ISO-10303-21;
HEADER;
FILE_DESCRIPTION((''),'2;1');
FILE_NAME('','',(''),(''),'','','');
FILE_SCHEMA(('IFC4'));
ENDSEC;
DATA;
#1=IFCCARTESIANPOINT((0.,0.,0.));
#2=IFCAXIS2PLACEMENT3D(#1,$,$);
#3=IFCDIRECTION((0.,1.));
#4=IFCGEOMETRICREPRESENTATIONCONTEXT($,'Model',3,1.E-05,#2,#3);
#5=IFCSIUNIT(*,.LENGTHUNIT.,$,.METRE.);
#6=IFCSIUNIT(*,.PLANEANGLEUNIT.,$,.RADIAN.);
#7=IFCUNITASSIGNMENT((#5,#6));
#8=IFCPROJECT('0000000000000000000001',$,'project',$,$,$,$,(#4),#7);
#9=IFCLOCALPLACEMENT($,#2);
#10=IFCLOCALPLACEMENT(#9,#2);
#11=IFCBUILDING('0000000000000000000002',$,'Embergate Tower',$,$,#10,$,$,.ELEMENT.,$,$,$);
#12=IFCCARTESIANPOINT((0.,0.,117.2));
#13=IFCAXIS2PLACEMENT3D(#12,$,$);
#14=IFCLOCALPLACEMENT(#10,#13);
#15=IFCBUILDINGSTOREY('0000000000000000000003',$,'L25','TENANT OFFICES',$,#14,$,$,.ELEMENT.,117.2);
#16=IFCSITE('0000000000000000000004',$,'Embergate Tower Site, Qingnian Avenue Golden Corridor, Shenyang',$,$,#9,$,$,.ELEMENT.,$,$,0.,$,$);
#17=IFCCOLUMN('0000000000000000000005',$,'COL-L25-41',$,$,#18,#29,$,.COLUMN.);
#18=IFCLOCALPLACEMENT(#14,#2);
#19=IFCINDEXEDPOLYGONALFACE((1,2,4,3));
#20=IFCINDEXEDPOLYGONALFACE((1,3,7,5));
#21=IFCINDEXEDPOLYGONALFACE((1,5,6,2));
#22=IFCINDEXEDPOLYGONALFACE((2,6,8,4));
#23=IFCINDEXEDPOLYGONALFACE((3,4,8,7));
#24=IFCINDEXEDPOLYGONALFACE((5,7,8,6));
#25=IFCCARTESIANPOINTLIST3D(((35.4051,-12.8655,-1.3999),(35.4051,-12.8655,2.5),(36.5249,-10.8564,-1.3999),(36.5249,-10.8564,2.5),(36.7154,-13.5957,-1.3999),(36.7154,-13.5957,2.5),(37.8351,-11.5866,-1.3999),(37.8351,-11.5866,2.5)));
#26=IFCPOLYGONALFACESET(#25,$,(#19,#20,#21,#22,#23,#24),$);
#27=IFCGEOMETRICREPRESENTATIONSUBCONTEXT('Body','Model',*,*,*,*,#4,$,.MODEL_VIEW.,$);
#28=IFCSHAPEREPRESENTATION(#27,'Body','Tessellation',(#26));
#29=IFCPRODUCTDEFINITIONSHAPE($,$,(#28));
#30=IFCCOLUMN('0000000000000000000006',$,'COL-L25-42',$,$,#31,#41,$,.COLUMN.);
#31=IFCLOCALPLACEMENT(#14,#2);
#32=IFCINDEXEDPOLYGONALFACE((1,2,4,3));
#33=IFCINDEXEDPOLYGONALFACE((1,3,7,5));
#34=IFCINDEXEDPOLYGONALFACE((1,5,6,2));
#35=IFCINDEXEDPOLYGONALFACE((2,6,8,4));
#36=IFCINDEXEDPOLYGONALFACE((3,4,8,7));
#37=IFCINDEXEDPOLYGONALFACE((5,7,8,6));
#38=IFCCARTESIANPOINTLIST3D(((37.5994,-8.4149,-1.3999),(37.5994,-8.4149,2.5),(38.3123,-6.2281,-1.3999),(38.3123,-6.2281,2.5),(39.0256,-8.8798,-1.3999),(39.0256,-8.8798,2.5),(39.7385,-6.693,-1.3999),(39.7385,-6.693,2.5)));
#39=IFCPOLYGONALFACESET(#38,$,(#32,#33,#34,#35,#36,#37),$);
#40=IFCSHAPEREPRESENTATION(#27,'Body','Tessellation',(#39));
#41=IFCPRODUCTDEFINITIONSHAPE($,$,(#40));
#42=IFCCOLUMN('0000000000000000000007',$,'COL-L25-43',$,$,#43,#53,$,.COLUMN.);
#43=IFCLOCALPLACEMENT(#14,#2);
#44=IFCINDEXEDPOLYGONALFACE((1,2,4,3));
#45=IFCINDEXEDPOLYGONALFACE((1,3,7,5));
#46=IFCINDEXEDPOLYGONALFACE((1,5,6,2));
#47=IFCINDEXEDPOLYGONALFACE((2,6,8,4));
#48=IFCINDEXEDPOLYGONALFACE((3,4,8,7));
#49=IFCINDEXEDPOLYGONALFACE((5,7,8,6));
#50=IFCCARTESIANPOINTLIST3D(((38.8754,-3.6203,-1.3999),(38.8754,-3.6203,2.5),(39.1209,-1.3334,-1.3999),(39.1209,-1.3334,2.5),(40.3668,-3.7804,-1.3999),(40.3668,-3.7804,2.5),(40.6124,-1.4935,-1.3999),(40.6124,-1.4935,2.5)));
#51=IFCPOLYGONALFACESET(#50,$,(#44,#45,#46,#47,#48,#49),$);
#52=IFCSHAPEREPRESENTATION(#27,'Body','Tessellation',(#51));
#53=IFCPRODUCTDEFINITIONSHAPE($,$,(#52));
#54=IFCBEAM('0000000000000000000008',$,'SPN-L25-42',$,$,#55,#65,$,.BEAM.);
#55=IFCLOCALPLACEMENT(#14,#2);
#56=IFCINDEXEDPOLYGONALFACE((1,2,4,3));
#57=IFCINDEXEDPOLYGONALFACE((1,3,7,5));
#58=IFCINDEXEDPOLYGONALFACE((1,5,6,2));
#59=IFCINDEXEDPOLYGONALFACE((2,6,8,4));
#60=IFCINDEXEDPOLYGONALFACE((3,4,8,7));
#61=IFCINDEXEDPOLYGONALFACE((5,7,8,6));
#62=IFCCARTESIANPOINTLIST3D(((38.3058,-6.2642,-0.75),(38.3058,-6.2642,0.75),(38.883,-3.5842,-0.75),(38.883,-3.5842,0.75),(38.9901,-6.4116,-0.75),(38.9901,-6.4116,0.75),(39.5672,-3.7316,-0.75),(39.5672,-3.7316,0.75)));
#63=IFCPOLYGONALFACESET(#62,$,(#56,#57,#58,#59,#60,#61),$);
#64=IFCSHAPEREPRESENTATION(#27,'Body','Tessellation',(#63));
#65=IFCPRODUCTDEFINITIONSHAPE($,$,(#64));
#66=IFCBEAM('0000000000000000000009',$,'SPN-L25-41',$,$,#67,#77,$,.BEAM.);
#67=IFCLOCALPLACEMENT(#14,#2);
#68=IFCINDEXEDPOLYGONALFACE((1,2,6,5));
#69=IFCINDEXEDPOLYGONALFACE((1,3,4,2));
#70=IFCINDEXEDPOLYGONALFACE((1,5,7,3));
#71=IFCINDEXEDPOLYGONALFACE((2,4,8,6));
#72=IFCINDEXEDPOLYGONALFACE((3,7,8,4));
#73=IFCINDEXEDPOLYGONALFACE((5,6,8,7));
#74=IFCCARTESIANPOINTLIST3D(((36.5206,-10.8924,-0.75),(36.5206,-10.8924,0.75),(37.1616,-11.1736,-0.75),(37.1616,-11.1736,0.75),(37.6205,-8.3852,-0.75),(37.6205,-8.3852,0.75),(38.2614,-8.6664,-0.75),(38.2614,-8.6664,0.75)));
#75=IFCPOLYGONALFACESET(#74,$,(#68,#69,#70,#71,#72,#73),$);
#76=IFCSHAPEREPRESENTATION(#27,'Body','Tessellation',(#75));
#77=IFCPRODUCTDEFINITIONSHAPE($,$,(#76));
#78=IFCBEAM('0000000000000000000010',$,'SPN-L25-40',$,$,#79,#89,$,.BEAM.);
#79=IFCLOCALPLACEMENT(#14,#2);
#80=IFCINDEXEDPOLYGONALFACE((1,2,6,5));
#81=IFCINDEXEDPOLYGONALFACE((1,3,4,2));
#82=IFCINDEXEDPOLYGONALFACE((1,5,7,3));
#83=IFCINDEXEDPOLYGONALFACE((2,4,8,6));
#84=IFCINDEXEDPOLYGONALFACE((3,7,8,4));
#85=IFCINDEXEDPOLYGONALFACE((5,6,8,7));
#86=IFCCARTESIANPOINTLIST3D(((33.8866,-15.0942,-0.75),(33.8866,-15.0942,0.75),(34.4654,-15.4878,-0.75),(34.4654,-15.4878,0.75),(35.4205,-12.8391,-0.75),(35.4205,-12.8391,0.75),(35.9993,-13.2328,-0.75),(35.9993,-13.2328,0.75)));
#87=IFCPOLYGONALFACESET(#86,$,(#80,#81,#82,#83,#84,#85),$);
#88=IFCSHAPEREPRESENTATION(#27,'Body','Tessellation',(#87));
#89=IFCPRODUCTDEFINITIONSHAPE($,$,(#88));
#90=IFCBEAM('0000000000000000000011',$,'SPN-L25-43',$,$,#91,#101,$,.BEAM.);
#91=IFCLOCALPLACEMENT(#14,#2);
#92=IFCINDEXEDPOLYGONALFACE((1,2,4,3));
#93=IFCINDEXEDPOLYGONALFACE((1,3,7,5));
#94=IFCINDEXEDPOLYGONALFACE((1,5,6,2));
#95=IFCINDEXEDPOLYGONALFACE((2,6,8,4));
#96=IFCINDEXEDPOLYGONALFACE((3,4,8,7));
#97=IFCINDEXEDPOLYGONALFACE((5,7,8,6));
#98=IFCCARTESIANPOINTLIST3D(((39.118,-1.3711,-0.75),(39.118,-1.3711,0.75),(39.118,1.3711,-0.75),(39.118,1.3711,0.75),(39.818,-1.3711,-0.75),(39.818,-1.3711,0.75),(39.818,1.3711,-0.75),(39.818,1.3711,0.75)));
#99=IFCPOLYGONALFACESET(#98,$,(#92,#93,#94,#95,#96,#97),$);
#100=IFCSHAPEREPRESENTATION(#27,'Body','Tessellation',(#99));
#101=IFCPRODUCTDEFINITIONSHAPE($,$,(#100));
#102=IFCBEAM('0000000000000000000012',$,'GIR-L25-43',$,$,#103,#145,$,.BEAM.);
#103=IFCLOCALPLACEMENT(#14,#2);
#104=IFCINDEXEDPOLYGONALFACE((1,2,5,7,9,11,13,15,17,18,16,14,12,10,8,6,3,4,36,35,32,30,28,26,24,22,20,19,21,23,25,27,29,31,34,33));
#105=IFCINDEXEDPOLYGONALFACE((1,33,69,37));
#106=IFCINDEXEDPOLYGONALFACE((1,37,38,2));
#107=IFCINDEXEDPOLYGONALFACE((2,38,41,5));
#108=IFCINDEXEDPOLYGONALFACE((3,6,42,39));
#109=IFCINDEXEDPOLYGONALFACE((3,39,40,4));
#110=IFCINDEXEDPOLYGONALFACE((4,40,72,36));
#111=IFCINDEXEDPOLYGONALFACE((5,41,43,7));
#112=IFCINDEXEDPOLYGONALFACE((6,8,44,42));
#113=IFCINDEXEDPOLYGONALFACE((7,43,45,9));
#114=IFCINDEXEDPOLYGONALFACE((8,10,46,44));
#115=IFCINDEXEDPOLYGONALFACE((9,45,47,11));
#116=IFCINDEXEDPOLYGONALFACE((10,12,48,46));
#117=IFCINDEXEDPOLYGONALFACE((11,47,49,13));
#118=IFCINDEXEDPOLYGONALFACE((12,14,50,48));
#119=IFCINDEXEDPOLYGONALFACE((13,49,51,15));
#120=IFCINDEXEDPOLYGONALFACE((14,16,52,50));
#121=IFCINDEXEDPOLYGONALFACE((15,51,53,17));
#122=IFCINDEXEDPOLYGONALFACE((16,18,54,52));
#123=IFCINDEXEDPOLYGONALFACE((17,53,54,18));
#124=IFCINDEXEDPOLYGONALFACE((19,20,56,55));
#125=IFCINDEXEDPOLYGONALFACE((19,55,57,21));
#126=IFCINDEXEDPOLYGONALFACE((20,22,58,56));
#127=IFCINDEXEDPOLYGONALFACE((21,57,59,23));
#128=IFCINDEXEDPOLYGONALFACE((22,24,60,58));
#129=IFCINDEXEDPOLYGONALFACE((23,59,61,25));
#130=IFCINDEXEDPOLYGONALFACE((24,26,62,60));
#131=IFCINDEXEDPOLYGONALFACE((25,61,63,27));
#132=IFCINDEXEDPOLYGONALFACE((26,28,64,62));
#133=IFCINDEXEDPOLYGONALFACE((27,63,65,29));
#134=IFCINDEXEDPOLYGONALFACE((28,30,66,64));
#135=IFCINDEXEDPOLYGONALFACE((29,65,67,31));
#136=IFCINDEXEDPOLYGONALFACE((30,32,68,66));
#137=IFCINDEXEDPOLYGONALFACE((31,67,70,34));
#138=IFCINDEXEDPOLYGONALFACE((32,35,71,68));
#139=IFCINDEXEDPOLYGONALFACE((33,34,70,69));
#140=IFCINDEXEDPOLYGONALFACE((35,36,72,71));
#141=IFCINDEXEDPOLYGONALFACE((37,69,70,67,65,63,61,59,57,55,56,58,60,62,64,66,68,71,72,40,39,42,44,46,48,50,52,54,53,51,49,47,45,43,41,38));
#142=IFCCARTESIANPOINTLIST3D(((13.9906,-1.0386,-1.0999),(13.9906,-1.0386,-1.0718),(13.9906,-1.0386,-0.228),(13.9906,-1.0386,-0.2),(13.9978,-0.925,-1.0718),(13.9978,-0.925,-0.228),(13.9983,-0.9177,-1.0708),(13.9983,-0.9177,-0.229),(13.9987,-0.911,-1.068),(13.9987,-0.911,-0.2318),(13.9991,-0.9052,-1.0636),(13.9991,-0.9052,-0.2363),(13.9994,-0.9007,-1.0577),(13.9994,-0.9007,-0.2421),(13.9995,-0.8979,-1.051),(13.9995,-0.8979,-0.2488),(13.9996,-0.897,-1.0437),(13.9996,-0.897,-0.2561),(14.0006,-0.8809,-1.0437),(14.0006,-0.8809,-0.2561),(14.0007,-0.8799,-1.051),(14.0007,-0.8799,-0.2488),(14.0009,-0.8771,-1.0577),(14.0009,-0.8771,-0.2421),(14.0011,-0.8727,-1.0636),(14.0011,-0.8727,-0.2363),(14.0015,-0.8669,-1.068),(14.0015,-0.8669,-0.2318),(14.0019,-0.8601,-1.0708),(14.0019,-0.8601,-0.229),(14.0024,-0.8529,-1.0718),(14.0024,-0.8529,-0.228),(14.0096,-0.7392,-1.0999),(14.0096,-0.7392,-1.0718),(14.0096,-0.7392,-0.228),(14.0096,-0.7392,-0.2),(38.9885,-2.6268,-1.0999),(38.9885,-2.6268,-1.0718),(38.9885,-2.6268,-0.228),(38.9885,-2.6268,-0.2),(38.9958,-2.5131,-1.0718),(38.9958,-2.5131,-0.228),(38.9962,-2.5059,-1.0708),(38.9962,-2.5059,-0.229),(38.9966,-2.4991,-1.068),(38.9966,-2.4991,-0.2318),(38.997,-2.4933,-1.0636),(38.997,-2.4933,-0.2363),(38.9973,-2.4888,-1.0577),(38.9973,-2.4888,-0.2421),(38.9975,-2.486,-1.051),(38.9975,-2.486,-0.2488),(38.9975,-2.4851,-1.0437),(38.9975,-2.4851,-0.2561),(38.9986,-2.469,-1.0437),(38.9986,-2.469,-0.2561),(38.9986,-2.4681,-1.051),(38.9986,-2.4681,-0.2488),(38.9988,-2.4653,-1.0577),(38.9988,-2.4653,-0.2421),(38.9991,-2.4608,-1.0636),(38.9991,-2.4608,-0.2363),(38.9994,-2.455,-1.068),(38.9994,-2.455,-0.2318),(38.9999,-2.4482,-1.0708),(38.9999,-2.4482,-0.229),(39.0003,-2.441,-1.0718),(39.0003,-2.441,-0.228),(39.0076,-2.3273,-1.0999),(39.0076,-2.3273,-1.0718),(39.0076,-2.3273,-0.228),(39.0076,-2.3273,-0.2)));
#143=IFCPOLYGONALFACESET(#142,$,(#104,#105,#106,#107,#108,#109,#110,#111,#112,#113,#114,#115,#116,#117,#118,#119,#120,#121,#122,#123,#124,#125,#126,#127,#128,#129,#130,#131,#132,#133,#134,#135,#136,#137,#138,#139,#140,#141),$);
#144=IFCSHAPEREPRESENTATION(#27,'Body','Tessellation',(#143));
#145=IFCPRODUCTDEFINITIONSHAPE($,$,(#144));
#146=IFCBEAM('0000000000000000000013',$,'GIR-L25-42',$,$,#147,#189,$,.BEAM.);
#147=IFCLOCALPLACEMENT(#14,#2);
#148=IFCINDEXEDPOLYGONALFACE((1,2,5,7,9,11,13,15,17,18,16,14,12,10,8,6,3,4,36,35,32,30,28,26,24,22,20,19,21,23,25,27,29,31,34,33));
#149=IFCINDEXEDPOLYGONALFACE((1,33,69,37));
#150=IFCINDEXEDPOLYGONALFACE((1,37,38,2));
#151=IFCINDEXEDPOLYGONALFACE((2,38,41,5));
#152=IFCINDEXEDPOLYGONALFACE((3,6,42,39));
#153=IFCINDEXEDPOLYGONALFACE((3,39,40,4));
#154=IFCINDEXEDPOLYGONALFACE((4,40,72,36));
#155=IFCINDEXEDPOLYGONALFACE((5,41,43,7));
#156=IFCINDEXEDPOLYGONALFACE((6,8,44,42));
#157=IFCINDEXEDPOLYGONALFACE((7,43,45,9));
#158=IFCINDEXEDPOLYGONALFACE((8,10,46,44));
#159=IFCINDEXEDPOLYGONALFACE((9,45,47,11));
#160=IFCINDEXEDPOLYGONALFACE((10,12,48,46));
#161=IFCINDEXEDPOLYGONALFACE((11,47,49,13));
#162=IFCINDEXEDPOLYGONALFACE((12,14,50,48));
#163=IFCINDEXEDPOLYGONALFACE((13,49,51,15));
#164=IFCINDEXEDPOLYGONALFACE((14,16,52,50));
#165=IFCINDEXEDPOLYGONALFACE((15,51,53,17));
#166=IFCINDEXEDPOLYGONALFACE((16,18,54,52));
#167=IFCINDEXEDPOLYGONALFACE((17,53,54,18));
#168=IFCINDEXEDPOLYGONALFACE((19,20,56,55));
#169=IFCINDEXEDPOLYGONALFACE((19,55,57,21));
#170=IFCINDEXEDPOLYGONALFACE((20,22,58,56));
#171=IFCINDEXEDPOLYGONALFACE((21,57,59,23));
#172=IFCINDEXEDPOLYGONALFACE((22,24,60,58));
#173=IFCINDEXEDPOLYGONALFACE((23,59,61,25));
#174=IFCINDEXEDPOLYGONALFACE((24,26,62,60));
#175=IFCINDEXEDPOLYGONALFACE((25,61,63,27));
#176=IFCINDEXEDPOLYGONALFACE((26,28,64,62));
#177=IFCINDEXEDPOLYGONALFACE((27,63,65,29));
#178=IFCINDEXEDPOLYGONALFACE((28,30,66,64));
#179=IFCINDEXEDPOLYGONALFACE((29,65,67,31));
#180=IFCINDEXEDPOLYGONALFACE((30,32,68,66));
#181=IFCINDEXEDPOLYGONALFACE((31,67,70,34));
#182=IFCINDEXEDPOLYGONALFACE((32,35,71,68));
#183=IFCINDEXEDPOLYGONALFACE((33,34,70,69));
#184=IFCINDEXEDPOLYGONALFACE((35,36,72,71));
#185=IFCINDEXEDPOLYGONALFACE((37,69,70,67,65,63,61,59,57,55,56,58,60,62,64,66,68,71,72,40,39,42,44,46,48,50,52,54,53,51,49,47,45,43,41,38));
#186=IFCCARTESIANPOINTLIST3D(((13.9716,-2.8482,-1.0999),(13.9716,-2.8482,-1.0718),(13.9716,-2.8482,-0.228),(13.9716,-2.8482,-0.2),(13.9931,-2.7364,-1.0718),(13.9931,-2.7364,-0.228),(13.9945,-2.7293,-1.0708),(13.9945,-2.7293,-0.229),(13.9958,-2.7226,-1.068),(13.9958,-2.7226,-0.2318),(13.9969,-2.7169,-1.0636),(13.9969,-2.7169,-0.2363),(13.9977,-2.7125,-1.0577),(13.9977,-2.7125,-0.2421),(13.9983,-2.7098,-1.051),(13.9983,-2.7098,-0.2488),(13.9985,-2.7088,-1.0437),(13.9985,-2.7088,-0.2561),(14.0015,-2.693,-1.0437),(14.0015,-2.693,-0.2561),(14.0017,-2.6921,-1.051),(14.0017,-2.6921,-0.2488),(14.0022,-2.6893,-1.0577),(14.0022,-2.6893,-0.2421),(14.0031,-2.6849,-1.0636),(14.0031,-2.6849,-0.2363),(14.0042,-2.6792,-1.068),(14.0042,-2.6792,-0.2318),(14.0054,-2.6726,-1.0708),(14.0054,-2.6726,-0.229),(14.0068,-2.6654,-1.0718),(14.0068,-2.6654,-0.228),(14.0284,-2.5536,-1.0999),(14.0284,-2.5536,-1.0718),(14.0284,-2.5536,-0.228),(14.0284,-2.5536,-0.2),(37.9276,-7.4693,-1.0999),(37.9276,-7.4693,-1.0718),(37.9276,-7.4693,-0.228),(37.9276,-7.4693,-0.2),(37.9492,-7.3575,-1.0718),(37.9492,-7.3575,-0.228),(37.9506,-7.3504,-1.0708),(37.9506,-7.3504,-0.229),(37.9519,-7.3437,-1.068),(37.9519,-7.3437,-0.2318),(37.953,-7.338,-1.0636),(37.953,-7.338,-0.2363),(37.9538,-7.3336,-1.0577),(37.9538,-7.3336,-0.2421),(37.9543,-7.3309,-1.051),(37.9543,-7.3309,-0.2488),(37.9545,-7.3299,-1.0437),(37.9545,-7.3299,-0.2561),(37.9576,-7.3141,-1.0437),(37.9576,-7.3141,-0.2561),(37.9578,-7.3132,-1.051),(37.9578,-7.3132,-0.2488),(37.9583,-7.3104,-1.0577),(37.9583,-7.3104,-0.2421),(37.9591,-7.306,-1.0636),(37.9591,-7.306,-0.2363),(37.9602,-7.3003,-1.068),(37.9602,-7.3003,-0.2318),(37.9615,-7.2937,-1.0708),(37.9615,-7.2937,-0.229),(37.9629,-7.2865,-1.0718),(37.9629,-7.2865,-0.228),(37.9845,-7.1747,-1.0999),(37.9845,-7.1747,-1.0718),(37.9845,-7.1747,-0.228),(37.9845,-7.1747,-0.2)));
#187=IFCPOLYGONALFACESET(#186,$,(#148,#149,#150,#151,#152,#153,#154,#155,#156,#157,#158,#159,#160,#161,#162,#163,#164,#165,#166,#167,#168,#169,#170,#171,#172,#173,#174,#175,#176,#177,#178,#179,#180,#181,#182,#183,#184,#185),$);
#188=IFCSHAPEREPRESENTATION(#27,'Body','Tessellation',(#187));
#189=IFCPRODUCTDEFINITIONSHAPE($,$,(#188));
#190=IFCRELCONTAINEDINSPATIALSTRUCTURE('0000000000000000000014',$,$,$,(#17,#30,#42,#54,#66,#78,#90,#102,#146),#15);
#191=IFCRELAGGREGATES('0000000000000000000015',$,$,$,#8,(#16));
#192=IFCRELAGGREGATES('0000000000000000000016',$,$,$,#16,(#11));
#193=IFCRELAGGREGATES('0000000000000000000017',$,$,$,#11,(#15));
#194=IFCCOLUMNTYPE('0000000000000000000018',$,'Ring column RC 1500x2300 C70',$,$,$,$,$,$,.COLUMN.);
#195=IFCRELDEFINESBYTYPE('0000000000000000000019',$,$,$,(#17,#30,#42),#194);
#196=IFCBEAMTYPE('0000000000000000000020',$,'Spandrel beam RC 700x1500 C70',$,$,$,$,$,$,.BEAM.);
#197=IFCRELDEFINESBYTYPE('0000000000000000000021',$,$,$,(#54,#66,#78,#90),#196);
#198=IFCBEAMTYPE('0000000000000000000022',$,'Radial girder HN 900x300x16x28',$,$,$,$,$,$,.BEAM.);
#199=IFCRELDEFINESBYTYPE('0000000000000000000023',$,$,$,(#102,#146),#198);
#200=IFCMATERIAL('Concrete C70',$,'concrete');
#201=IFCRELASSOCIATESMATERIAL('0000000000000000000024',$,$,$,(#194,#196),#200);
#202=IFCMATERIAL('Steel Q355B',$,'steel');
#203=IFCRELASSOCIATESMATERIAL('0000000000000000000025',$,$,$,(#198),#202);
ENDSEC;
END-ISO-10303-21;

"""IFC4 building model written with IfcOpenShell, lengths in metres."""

from ifc_helpers import new_model, si_unit, direction, frame, origin, origin_2d, place, context, subcontext, project, spatial, rectangle, i_section, extrude, source, transform, mapped, material, material_profile, profile_set, type_object, element, save


model = new_model("IFC4")

# Units and contexts
model_context = context("Model", 3, precision=1e-05, world=origin(), true_north=direction((0.0, 1.0)))
body_context = subcontext(model_context, "Body", "Model", "MODEL_VIEW")
ifc_project = project(units=[si_unit("LENGTHUNIT", "METRE"), si_unit("PLANEANGLEUNIT", "RADIAN")], contexts=[model_context])

# Site, building, storey
site_placement = place(None, origin())
site = spatial("IfcSite", under=ifc_project, at=site_placement, Name="Embergate Tower Site, Qingnian Avenue Golden Corridor, Shenyang", CompositionType="ELEMENT", RefElevation=0.0)
building_placement = place(site_placement, origin())
building = spatial("IfcBuilding", under=site, at=building_placement, Name="Embergate Tower", CompositionType="ELEMENT")
storey_placement = place(building_placement, frame((0.0, 0.0, 117.2)))
storey = spatial("IfcBuildingStorey", under=building, at=storey_placement, Name="L25", Description="TENANT OFFICES", CompositionType="ELEMENT", Elevation=117.2)

# Columns
ifc_material_1 = material(Name="Concrete C70", Category="concrete")
ifc_material_profile_1 = material_profile(ifc_material_1, rectangle(XDim=1.5, YDim=2.3, at=origin_2d()), Name="RC 1500x2300")
ifc_profile_set_1 = profile_set([ifc_material_profile_1], Name="Concrete C70")
column_type = type_object("IfcColumnType", Name="Ring column RC 1500x2300 C70", PredefinedType="COLUMN", material=ifc_profile_set_1)
shared_shape_1 = source(origin(), body_context, "Body", "SweptSolid", [
    extrude(rectangle(XDim=1.5, YDim=2.3, at=origin_2d()), origin(), (0.0, 0.0, 1.0), 3.8999),
])
for number, where, z_axis, x_axis, name in (
    (1, (36.6201, -12.2261, -1.3999), (0.0, 0.0, 1.0), (0.8735, -0.486823, 0.0), "COL-L25-41"),
    (2, (38.6689, -7.554, -1.3999), (0.0, 0.0, 1.0), (0.950754, -0.309946, 0.0), "COL-L25-42"),
    (3, (39.7439, -2.5569, -1.3999), (0.0, 0.0, 1.0), (0.994286, -0.10675, 0.0), "COL-L25-43"),
):
    element("IfcColumn", number, at=place(storey_placement, frame(where, z_axis=z_axis, x_axis=x_axis)), inside=storey, type_object=column_type, Name=name, PredefinedType="COLUMN", context=body_context, shape_type="MappedRepresentation", body=[
        mapped(shared_shape_1, transform((0.0, 0.0, 0.0))),
    ])

# Beams
ifc_material_profile_2 = material_profile(ifc_material_1, rectangle(XDim=0.7, YDim=1.5, at=origin_2d()), Name="RC 700x1500")
ifc_profile_set_2 = profile_set([ifc_material_profile_2], Name="Concrete C70")
beam_type_1 = type_object("IfcBeamType", Name="Spandrel beam RC 700x1500 C70", PredefinedType="BEAM", material=ifc_profile_set_2)
shared_shape_2 = source(origin(), body_context, "Body", "SweptSolid", [
    extrude(rectangle(XDim=0.7, YDim=1.5, at=origin_2d()), origin(), (0.0, 0.0, 1.0), 2.7415),
])
beam_1_placement = place(storey_placement, frame((38.6479, -6.3379, 0.0), z_axis=(0.210533, 0.977587, 0.0), x_axis=(-0.977587, 0.210533, 0.0)))
element("IfcBeam", 4, at=beam_1_placement, inside=storey, type_object=beam_type_1, Name="SPN-L25-42", PredefinedType="BEAM", context=body_context, shape_type="MappedRepresentation", body=[
    mapped(shared_shape_2, transform((0.0, 0.0, 0.0))),
])
shared_shape_3 = source(origin(), body_context, "Body", "SweptSolid", [
    extrude(rectangle(XDim=0.7, YDim=1.5, at=origin_2d()), origin(), (0.0, 0.0, 1.0), 2.7378),
])
beam_2_placement = place(storey_placement, frame((36.8411, -11.033, 0.0), z_axis=(0.40174, 0.915754, 0.0), x_axis=(-0.915754, 0.40174, 0.0)))
element("IfcBeam", 5, at=beam_2_placement, inside=storey, type_object=beam_type_1, Name="SPN-L25-41", PredefinedType="BEAM", context=body_context, shape_type="MappedRepresentation", body=[
    mapped(shared_shape_3, transform((0.0, 0.0, 0.0))),
])
shared_shape_4 = source(origin(), body_context, "Body", "SweptSolid", [
    extrude(rectangle(XDim=0.7, YDim=1.5, at=origin_2d()), origin(), (0.0, 0.0, 1.0), 2.7273),
])
beam_3_placement = place(storey_placement, frame((34.176, -15.291, 0.0), z_axis=(0.562423, 0.82685, 0.0), x_axis=(-0.82685, 0.562423, 0.0)))
element("IfcBeam", 6, at=beam_3_placement, inside=storey, type_object=beam_type_1, Name="SPN-L25-40", PredefinedType="BEAM", context=body_context, shape_type="MappedRepresentation", body=[
    mapped(shared_shape_4, transform((0.0, 0.0, 0.0))),
])
shared_shape_5 = source(origin(), body_context, "Body", "SweptSolid", [
    extrude(rectangle(XDim=0.7, YDim=1.5, at=origin_2d()), origin(), (0.0, 0.0, 1.0), 2.7422),
])
beam_4_placement = place(storey_placement, frame((39.468, -1.3711, 0.0), z_axis=(0.0, 1.0, 0.0), x_axis=(-1.0, 0.0, 0.0)))
element("IfcBeam", 7, at=beam_4_placement, inside=storey, type_object=beam_type_1, Name="SPN-L25-43", PredefinedType="BEAM", context=body_context, shape_type="MappedRepresentation", body=[
    mapped(shared_shape_5, transform((0.0, 0.0, 0.0))),
])
ifc_material_2 = material(Name="Steel Q355B", Category="steel")
ifc_material_profile_3 = material_profile(ifc_material_2, i_section(OverallWidth=0.3, OverallDepth=0.8999, WebThickness=0.0161, FlangeThickness=0.0281, FilletRadius=0.0281, at=origin_2d()), Name="HN 900x300x16x28")
ifc_profile_set_3 = profile_set([ifc_material_profile_3], Name="Steel Q355 grade B")
beam_type_2 = type_object("IfcBeamType", Name="Radial girder HN 900x300x16x28", PredefinedType="BEAM", material=ifc_profile_set_3)
shared_shape_6 = source(origin(), body_context, "Body", "SweptSolid", [
    extrude(i_section(OverallWidth=0.3, OverallDepth=0.8999, WebThickness=0.0161, FlangeThickness=0.0281, FilletRadius=0.0281, at=origin_2d()), origin(), (0.0, 0.0, 1.0), 25.0483),
])
beam_5_placement = place(storey_placement, frame((38.998, -2.4771, -0.6499), z_axis=(-0.997988, 0.063403, 0.0), x_axis=(-0.063403, -0.997988, 0.0)))
element("IfcBeam", 8, at=beam_5_placement, inside=storey, type_object=beam_type_2, Name="GIR-L25-43", PredefinedType="BEAM", context=body_context, shape_type="MappedRepresentation", body=[
    mapped(shared_shape_6, transform((0.0, 0.0, 0.0))),
])
shared_shape_7 = source(origin(), body_context, "Body", "SweptSolid", [
    extrude(i_section(OverallWidth=0.3, OverallDepth=0.8999, WebThickness=0.0161, FlangeThickness=0.0281, FilletRadius=0.0281, at=origin_2d()), origin(), (0.0, 0.0, 1.0), 24.3977),
])
beam_6_placement = place(storey_placement, frame((37.9561, -7.322, -0.6499), z_axis=(-0.981899, 0.189407, 0.0), x_axis=(-0.189407, -0.981899, 0.0)))
element("IfcBeam", 9, at=beam_6_placement, inside=storey, type_object=beam_type_2, Name="GIR-L25-42", PredefinedType="BEAM", context=body_context, shape_type="MappedRepresentation", body=[
    mapped(shared_shape_7, transform((0.0, 0.0, 0.0))),
])

save(model, "model.ifc")
